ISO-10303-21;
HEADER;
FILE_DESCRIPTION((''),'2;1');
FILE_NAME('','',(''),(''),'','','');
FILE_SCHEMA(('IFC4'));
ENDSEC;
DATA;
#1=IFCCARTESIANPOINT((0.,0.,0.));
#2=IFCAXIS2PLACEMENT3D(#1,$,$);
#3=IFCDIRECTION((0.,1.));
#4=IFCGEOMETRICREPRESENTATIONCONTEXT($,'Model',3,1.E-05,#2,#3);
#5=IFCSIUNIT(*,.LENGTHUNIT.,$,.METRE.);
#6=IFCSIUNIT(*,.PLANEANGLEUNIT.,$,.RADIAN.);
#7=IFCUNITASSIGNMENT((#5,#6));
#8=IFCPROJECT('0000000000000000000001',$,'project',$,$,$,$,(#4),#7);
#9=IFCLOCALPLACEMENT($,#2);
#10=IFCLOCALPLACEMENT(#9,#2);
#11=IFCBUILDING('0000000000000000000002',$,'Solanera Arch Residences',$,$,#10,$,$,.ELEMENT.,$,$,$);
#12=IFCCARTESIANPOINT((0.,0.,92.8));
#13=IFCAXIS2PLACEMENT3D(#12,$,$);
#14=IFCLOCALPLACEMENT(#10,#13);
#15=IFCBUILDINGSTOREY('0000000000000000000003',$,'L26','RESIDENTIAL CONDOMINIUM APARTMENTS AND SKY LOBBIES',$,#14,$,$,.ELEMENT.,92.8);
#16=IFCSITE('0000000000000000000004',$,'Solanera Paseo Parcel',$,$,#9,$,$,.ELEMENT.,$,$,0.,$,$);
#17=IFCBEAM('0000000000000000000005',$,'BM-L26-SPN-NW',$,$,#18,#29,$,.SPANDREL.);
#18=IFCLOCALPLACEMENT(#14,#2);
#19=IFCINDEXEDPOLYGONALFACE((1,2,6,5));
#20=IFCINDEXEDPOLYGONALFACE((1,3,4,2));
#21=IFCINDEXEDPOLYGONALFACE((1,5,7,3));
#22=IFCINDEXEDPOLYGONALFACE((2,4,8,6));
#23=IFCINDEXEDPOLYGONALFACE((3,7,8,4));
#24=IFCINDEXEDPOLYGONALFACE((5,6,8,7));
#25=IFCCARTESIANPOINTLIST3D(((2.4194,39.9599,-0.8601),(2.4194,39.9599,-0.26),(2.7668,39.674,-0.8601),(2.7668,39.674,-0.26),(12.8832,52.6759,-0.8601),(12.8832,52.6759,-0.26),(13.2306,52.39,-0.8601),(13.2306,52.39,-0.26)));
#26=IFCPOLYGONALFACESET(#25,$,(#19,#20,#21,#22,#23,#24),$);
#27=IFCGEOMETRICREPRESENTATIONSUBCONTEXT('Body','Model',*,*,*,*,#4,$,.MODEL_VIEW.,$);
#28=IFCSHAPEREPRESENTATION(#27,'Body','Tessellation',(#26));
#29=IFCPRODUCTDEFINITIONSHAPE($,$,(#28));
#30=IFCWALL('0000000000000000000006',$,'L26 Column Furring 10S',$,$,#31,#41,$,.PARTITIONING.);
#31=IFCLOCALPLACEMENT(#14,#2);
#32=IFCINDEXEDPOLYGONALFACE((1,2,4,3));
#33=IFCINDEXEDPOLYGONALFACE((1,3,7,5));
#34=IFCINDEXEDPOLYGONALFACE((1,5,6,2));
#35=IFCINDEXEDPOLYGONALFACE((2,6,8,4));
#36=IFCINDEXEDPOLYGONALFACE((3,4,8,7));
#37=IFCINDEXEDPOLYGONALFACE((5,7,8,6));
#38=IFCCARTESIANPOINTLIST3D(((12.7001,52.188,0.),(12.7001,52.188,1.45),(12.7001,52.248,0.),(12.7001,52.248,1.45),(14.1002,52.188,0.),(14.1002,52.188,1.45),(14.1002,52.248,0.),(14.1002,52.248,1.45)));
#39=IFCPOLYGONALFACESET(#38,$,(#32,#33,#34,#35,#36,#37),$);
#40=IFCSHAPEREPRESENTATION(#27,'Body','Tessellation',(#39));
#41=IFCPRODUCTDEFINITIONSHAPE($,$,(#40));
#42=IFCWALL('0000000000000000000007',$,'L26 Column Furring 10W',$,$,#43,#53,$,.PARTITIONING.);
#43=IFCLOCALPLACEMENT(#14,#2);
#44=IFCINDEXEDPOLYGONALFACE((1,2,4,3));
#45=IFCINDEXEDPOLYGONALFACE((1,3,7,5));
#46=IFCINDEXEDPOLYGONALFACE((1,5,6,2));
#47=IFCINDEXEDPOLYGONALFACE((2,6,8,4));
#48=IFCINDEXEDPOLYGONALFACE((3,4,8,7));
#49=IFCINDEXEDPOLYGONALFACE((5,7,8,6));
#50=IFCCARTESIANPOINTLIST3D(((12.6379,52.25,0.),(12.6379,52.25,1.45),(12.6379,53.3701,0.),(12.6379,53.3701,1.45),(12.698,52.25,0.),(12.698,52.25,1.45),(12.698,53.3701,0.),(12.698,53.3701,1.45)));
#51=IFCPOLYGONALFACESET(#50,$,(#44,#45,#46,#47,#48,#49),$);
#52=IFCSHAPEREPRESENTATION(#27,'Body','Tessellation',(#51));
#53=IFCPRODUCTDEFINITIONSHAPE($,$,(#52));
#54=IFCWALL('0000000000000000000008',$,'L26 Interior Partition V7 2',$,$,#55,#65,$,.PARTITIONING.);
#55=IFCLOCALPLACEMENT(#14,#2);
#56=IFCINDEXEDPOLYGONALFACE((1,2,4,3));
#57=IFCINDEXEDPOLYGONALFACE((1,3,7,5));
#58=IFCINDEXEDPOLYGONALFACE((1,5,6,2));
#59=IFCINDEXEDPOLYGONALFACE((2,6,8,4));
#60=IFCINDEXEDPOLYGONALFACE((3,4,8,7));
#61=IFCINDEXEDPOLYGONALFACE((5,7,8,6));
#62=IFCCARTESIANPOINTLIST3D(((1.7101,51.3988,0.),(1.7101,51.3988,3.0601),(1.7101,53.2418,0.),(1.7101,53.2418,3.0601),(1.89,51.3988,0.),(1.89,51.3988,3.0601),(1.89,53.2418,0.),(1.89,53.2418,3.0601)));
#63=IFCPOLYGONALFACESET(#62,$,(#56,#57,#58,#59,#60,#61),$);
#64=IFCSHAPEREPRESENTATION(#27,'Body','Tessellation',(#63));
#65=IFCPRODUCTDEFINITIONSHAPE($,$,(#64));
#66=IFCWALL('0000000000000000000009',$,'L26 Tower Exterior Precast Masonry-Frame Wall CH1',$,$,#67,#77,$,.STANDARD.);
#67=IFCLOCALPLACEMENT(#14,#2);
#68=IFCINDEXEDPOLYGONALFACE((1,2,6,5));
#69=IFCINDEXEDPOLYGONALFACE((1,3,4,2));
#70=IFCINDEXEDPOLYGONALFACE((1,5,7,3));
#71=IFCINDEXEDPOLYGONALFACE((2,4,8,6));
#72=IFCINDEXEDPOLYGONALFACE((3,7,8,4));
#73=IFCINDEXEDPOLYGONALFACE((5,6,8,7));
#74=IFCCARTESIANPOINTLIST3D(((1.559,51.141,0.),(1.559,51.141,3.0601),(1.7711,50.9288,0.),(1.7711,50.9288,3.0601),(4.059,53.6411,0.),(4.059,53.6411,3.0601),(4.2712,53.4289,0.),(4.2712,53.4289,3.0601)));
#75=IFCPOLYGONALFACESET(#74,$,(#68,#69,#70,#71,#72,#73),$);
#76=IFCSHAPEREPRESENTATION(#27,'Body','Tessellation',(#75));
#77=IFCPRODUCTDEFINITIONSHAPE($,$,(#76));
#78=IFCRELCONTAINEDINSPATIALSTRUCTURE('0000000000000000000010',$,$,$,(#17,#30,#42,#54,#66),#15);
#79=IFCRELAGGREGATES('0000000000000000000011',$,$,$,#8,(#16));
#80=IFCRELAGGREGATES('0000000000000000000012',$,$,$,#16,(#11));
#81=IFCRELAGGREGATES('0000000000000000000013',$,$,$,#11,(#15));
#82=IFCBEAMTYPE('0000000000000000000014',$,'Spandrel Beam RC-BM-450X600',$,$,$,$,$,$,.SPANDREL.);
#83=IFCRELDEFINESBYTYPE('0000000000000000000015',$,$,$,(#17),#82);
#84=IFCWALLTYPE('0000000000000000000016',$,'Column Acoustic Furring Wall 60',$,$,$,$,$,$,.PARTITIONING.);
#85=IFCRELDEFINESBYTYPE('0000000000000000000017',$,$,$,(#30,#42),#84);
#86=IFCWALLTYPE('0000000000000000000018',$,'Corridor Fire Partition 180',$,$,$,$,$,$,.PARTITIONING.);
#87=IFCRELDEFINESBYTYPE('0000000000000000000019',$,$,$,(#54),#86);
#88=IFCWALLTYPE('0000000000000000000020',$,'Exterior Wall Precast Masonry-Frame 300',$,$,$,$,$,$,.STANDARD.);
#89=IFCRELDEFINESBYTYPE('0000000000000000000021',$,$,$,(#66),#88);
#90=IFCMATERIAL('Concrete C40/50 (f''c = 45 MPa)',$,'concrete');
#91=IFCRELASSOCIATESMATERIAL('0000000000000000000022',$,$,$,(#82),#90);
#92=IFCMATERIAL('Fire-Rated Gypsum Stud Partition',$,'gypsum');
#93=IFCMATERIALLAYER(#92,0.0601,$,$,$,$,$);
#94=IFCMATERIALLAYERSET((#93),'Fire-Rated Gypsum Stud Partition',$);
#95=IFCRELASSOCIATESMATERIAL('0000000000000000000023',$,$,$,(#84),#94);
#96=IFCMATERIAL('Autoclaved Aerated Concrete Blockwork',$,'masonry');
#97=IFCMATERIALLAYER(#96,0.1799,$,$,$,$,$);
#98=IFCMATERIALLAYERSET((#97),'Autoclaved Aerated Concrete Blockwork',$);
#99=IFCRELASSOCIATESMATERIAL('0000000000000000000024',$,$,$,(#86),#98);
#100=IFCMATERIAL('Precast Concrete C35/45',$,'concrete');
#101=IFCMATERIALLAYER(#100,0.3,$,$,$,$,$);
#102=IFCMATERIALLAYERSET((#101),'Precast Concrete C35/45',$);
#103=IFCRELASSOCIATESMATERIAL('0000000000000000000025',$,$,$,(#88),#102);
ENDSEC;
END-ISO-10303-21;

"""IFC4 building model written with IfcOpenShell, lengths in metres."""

from ifc_helpers import new_model, si_unit, direction, frame, frame_2d, origin, origin_2d, place, context, subcontext, project, spatial, rectangle, extrude, material, layer, layer_set, material_profile, profile_set, type_object, element, save


model = new_model("IFC4")

# Units and contexts
model_context = context("Model", 3, precision=1e-05, world=origin(), true_north=direction((0.0, 1.0)))
body_context = subcontext(model_context, "Body", "Model", "MODEL_VIEW")
ifc_project = project(units=[si_unit("LENGTHUNIT", "METRE"), si_unit("PLANEANGLEUNIT", "RADIAN")], contexts=[model_context])

# Site, building, storey
site_placement = place(None, origin())
site = spatial("IfcSite", under=ifc_project, at=site_placement, Name="Solanera Paseo Parcel", CompositionType="ELEMENT", RefElevation=0.0)
building_placement = place(site_placement, origin())
building = spatial("IfcBuilding", under=site, at=building_placement, Name="Solanera Arch Residences", CompositionType="ELEMENT")
storey_placement = place(building_placement, frame((0.0, 0.0, 92.8)))
storey = spatial("IfcBuildingStorey", under=building, at=storey_placement, Name="L26", Description="RESIDENTIAL CONDOMINIUM APARTMENTS AND SKY LOBBIES", CompositionType="ELEMENT", Elevation=92.8)

# Beam
ifc_material_1 = material(Name="Concrete C40/50 (f'c = 45 MPa)", Category="concrete")
ifc_material_profile = material_profile(ifc_material_1, rectangle(XDim=0.45, YDim=0.6001, at=origin_2d()))
ifc_profile_set = profile_set([ifc_material_profile], Name="Concrete C40/50 (f'c = 45 MPa)")
beam_type = type_object("IfcBeamType", Name="Spandrel Beam RC-BM-450X600", PredefinedType="SPANDREL", material=ifc_profile_set)
beam_placement = place(storey_placement, frame((13.0569, 52.533, -0.5601), z_axis=(-0.635411, -0.772174, 0.0), x_axis=(0.772174, -0.635411, 0.0)))
element("IfcBeam", 1, at=beam_placement, inside=storey, type_object=beam_type, Name="BM-L26-SPN-NW", PredefinedType="SPANDREL", context=body_context, shape_type="SweptSolid", body=[
    extrude(rectangle(XDim=0.45, YDim=0.6001, at=origin_2d()), origin(), (0.0, 0.0, 1.0), 16.4678),
])

# Walls
ifc_material_2 = material(Name="Fire-Rated Gypsum Stud Partition", Category="gypsum")
ifc_layer_1 = layer(ifc_material_2, 0.0601)
ifc_layer_set_1 = layer_set([ifc_layer_1], Name="Fire-Rated Gypsum Stud Partition")
wall_type_1 = type_object("IfcWallType", Name="Column Acoustic Furring Wall 60", PredefinedType="PARTITIONING", material=ifc_layer_set_1)
wall_1_placement = place(storey_placement, frame((12.7, 52.218, 0.0), z_axis=(0.0, 0.0, 1.0), x_axis=(1.0, 0.0, 0.0)))
element("IfcWall", 2, at=wall_1_placement, inside=storey, type_object=wall_type_1, Name="L26 Column Furring 10S", PredefinedType="PARTITIONING", context=body_context, shape_type="SweptSolid", body=[
    extrude(rectangle(XDim=1.4001, YDim=0.0601, at=frame_2d((0.7002, 0.0))), origin(), (0.0, 0.0, 1.0), 1.45),
])
wall_2_placement = place(storey_placement, frame((12.668, 52.25, 0.0), z_axis=(0.0, 0.0, 1.0), x_axis=(0.0, 1.0, 0.0)))
element("IfcWall", 3, at=wall_2_placement, inside=storey, type_object=wall_type_1, Name="L26 Column Furring 10W", PredefinedType="PARTITIONING", context=body_context, shape_type="SweptSolid", body=[
    extrude(rectangle(XDim=1.1201, YDim=0.0601, at=frame_2d((0.5601, 0.0))), origin(), (0.0, 0.0, 1.0), 1.45),
])
ifc_material_3 = material(Name="Autoclaved Aerated Concrete Blockwork", Category="masonry")
ifc_layer_2 = layer(ifc_material_3, 0.1799)
ifc_layer_set_2 = layer_set([ifc_layer_2], Name="Autoclaved Aerated Concrete Blockwork")
wall_type_2 = type_object("IfcWallType", Name="Corridor Fire Partition 180", PredefinedType="PARTITIONING", material=ifc_layer_set_2)
wall_3_placement = place(storey_placement, frame((1.8, 51.3989, 0.0), z_axis=(0.0, 0.0, 1.0), x_axis=(0.0, 1.0, 0.0)))
element("IfcWall", 4, at=wall_3_placement, inside=storey, type_object=wall_type_2, Name="L26 Interior Partition V7 2", PredefinedType="PARTITIONING", context=body_context, shape_type="SweptSolid", body=[
    extrude(rectangle(XDim=1.843, YDim=0.1799, at=frame_2d((0.9214, 0.0))), origin(), (0.0, 0.0, 1.0), 3.0601),
])
ifc_material_4 = material(Name="Precast Concrete C35/45", Category="concrete")
ifc_layer_3 = layer(ifc_material_4, 0.3)
ifc_layer_set_3 = layer_set([ifc_layer_3], Name="Precast Concrete C35/45")
wall_type_3 = type_object("IfcWallType", Name="Exterior Wall Precast Masonry-Frame 300", PredefinedType="STANDARD", material=ifc_layer_set_3)
wall_4_placement = place(storey_placement, frame((1.665, 51.0349, 0.0), z_axis=(0.0, 0.0, 1.0), x_axis=(0.707107, 0.707107, 0.0)))
element("IfcWall", 5, at=wall_4_placement, inside=storey, type_object=wall_type_3, Name="L26 Tower Exterior Precast Masonry-Frame Wall CH1", PredefinedType="STANDARD", context=body_context, shape_type="SweptSolid", body=[
    extrude(rectangle(XDim=3.5356, YDim=0.3, at=frame_2d((1.7678, 0.0))), origin(), (0.0, 0.0, 1.0), 3.0601),
])

save(model, "model.ifc")
